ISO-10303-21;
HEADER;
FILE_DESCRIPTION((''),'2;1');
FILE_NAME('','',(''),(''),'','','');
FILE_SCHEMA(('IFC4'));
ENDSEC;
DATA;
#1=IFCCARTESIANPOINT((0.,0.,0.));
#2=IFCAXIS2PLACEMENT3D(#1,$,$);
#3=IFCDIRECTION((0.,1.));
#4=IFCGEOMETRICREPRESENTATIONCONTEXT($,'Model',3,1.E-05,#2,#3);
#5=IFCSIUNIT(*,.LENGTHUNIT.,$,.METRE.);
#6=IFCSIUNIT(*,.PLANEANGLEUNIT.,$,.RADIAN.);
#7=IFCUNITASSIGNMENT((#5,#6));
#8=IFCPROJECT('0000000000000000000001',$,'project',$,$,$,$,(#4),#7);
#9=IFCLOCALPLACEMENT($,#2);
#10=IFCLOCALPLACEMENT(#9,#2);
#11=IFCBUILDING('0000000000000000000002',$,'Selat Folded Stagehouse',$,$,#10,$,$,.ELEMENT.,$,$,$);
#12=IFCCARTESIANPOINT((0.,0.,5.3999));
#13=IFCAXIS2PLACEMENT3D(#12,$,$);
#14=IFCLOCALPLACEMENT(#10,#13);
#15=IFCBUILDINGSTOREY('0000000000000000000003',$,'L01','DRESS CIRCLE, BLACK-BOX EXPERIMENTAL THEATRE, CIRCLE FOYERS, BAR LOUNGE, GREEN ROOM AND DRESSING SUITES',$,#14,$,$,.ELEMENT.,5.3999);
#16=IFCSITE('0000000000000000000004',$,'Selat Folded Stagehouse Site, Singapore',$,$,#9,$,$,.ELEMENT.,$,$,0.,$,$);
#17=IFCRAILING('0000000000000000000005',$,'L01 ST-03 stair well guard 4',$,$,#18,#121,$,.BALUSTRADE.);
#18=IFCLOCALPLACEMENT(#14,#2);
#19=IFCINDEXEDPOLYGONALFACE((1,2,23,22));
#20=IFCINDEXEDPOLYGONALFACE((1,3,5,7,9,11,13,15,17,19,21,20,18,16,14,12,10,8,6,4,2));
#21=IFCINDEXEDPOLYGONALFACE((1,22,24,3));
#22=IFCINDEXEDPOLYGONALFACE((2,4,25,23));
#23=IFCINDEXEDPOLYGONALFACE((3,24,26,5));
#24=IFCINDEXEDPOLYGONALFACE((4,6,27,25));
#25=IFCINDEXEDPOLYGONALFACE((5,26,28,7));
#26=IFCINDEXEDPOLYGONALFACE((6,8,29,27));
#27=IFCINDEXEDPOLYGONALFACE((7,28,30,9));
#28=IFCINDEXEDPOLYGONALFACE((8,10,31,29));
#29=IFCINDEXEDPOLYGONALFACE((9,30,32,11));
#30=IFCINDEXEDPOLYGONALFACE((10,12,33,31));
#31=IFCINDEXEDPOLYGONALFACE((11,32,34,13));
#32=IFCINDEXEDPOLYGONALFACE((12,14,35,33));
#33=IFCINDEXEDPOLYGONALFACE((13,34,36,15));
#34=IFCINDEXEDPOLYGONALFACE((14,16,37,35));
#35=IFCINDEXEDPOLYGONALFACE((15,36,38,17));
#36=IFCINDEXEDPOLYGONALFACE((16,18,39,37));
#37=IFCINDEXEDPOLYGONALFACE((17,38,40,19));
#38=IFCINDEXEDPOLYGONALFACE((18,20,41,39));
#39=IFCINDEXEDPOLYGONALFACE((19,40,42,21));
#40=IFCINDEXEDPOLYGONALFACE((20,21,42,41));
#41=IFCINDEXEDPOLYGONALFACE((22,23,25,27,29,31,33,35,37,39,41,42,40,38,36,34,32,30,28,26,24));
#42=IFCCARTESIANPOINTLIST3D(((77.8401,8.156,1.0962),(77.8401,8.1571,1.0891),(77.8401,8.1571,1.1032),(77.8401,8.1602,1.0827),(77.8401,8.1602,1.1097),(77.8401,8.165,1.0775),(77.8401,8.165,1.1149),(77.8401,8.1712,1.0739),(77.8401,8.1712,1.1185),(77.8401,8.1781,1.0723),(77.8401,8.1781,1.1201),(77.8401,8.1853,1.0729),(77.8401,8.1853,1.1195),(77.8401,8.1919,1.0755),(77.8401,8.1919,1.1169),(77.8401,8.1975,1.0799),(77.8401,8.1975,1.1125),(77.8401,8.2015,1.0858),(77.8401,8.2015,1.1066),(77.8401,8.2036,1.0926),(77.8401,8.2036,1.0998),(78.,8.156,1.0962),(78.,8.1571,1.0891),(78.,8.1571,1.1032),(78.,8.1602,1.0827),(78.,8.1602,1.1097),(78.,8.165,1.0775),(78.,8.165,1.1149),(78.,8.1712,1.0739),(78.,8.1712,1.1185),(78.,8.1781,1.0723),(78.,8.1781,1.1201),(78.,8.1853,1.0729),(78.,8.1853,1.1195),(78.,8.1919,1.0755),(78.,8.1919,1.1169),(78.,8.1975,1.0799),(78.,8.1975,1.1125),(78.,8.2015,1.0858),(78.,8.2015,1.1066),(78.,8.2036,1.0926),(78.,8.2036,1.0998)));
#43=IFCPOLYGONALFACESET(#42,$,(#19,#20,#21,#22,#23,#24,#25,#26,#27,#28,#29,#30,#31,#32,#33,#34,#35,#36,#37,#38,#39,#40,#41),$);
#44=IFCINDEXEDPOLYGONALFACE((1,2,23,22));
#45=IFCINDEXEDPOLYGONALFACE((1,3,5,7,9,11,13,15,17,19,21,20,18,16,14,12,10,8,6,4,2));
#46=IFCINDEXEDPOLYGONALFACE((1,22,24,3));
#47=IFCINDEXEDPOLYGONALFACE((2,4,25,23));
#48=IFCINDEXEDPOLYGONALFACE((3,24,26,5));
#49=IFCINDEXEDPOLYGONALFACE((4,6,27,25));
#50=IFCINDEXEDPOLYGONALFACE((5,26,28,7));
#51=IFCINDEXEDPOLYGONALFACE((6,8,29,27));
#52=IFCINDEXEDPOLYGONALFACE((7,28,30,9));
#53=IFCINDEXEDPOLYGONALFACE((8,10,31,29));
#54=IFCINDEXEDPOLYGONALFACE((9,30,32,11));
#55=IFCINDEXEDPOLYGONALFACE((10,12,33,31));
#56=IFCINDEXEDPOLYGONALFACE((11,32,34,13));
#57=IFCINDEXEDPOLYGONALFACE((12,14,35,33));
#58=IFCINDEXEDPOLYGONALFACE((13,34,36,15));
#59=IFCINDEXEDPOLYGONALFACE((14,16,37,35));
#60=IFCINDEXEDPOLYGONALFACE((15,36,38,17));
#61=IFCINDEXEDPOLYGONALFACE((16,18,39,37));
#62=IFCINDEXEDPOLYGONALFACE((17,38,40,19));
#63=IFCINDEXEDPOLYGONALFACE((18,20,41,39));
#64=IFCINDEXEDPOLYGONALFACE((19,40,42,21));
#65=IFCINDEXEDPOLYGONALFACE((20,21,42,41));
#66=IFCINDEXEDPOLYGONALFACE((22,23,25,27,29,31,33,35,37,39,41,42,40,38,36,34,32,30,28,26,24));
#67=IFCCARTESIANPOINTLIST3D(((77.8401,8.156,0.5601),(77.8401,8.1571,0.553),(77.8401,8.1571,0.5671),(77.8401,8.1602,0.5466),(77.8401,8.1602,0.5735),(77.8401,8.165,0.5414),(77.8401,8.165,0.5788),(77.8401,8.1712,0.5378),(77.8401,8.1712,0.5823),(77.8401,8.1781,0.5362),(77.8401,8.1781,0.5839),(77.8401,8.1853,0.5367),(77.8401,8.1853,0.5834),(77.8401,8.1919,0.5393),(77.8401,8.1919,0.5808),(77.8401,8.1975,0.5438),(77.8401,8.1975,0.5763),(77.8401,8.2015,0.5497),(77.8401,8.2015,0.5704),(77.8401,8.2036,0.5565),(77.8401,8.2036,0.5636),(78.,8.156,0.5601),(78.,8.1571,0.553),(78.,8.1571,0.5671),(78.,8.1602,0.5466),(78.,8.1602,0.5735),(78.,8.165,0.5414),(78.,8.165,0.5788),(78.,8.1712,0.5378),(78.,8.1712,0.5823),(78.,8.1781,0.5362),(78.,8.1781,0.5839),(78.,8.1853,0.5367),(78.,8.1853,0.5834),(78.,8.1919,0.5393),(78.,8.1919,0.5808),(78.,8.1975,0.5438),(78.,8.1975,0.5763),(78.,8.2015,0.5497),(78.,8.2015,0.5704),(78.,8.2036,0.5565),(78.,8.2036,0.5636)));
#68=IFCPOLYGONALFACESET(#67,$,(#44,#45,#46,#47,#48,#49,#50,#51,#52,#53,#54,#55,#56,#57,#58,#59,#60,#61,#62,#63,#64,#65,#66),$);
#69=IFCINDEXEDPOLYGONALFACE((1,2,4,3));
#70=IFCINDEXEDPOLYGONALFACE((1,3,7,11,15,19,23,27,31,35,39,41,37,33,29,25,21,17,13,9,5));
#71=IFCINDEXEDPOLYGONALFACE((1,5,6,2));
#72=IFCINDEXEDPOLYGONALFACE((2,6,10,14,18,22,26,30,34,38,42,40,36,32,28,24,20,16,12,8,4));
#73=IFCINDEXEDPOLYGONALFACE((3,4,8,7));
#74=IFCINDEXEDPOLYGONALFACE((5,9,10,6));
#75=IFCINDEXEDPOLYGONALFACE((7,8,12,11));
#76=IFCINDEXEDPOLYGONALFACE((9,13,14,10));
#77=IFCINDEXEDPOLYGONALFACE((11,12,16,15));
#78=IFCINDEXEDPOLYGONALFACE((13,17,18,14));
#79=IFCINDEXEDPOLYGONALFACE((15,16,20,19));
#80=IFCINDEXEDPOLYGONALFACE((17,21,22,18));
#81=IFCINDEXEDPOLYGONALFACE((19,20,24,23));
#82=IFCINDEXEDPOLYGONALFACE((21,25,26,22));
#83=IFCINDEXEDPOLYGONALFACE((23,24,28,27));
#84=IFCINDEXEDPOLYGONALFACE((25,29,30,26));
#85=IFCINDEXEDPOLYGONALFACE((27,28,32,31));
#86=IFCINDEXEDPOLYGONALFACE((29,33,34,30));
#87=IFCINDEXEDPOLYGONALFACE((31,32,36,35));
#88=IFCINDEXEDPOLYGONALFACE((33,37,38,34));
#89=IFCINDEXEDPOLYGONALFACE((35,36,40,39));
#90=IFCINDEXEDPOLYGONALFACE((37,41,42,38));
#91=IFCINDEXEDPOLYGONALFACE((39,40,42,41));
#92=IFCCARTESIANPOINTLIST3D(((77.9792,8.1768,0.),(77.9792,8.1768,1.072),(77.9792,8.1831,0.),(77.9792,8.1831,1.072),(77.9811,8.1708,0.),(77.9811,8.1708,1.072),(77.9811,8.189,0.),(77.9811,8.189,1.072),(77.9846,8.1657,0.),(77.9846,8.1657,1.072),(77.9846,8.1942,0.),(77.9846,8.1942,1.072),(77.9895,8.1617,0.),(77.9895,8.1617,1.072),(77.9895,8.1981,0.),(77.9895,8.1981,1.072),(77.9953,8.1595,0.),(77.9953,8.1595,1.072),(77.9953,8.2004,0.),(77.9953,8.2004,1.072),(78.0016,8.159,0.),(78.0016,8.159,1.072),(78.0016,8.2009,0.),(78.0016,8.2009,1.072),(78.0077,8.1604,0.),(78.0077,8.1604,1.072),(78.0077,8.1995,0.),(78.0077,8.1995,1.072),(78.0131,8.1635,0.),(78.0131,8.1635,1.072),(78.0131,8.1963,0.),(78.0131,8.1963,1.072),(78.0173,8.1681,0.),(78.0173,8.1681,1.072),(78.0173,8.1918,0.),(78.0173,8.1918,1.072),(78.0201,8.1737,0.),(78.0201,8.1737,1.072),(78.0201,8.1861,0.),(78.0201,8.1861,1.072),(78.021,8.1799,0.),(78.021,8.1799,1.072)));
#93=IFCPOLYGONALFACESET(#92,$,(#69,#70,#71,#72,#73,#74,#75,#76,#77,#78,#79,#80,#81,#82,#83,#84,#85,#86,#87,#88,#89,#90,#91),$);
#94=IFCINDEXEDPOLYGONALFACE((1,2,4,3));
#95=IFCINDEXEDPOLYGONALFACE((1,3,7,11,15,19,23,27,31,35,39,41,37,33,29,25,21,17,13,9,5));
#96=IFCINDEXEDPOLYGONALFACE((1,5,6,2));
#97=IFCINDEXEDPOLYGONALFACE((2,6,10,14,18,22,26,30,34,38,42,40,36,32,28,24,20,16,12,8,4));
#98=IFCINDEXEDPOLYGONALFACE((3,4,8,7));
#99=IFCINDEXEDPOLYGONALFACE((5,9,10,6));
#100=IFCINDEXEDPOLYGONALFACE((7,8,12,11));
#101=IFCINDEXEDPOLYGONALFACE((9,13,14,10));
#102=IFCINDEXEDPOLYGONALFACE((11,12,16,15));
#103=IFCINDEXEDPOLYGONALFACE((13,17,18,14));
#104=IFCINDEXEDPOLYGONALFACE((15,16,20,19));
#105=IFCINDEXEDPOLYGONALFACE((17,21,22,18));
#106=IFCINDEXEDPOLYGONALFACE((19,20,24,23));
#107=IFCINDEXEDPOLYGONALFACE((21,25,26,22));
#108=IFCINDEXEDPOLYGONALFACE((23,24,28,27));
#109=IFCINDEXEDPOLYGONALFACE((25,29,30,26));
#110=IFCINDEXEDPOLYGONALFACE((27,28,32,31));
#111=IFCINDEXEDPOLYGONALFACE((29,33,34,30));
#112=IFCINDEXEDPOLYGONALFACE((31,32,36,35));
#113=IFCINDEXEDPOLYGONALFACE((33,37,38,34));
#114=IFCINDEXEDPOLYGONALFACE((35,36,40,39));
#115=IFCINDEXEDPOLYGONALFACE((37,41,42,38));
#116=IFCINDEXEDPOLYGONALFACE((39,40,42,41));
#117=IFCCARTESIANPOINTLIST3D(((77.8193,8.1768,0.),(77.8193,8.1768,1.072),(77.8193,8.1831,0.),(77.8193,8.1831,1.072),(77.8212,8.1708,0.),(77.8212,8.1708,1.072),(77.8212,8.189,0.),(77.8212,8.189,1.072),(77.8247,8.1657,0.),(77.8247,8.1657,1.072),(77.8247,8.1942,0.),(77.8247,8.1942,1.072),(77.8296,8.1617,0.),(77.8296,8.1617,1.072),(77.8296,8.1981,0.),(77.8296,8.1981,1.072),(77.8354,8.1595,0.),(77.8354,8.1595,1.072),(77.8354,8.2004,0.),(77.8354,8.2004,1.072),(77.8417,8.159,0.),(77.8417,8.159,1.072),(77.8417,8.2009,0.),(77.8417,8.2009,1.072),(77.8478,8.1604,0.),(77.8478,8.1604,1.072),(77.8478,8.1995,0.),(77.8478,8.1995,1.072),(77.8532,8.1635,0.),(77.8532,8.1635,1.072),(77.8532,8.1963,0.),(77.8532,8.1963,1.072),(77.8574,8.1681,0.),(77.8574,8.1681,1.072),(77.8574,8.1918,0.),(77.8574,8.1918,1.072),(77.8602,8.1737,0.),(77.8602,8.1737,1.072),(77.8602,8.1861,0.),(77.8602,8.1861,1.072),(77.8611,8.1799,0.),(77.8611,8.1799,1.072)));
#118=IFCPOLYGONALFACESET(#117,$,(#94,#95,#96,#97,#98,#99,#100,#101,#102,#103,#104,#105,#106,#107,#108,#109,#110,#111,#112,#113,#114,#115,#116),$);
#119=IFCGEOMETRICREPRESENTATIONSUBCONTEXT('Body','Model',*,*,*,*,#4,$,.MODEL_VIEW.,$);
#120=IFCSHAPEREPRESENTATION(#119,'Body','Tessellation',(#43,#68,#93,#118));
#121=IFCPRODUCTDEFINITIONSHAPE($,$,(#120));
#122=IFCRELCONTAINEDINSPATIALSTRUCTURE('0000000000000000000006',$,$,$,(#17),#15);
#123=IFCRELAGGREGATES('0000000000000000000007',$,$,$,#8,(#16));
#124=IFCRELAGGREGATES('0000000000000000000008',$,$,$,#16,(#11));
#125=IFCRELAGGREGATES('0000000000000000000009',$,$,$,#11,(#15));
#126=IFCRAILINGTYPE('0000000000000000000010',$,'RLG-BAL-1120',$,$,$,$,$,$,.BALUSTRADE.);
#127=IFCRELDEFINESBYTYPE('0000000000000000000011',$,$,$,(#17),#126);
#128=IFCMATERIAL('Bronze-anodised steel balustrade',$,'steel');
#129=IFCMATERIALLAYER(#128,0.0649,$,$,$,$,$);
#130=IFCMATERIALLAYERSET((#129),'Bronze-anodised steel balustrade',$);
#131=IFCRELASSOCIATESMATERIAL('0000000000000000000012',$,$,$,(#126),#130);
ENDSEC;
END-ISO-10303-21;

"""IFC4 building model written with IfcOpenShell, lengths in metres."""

from ifc_helpers import new_model, si_unit, direction, frame, origin, origin_2d, place, context, subcontext, project, spatial, circle, extrude, material, layer, layer_set, type_object, element, save


model = new_model("IFC4")

# Units and contexts
model_context = context("Model", 3, precision=1e-05, world=origin(), true_north=direction((0.0, 1.0)))
body_context = subcontext(model_context, "Body", "Model", "MODEL_VIEW")
ifc_project = project(units=[si_unit("LENGTHUNIT", "METRE"), si_unit("PLANEANGLEUNIT", "RADIAN")], contexts=[model_context])

# Site, building, storey
site_placement = place(None, origin())
site = spatial("IfcSite", under=ifc_project, at=site_placement, Name="Selat Folded Stagehouse Site, Singapore", CompositionType="ELEMENT", RefElevation=0.0)
building_placement = place(site_placement, origin())
building = spatial("IfcBuilding", under=site, at=building_placement, Name="Selat Folded Stagehouse", CompositionType="ELEMENT")
storey_placement = place(building_placement, frame((0.0, 0.0, 5.3999)))
storey = spatial("IfcBuildingStorey", under=building, at=storey_placement, Name="L01", Description="DRESS CIRCLE, BLACK-BOX EXPERIMENTAL THEATRE, CIRCLE FOYERS, BAR LOUNGE, GREEN ROOM AND DRESSING SUITES", CompositionType="ELEMENT", Elevation=5.3999)

# Railing
ifc_material_1 = material(Name="Bronze-anodised steel balustrade", Category="steel")
ifc_layer_1 = layer(ifc_material_1, 0.0649)
ifc_layer_set_1 = layer_set([ifc_layer_1], Name="Bronze-anodised steel balustrade")
railing_type_1 = type_object("IfcRailingType", Name="RLG-BAL-1120", PredefinedType="BALUSTRADE", material=ifc_layer_set_1)
railing_1_placement = place(storey_placement, frame((78.0, 8.1799, 0.0)))
element("IfcRailing", 1, at=railing_1_placement, inside=storey, type_object=railing_type_1, Name="L01 ST-03 stair well guard 4", PredefinedType="BALUSTRADE", context=body_context, shape_type="SweptSolid", body=[
    extrude(circle(Radius=0.0239, at=origin_2d()), frame((0.0, 0.0, 1.0962), z_axis=(-1.0, 0.0, 0.0), x_axis=(0.0, -1.0, 0.0)), (0.0, 0.0, 1.0), 0.1599),
    extrude(circle(Radius=0.0239, at=origin_2d()), frame((0.0, 0.0, 0.5601), z_axis=(-1.0, 0.0, 0.0), x_axis=(0.0, -1.0, 0.0)), (0.0, 0.0, 1.0), 0.1599),
    extrude(circle(Radius=0.021, at=origin_2d()), origin(), (0.0, 0.0, 1.0), 1.072),
    extrude(circle(Radius=0.021, at=origin_2d()), frame((-0.1599, 0.0, 0.0)), (0.0, 0.0, 1.0), 1.072),
])

save(model, "model.ifc")
